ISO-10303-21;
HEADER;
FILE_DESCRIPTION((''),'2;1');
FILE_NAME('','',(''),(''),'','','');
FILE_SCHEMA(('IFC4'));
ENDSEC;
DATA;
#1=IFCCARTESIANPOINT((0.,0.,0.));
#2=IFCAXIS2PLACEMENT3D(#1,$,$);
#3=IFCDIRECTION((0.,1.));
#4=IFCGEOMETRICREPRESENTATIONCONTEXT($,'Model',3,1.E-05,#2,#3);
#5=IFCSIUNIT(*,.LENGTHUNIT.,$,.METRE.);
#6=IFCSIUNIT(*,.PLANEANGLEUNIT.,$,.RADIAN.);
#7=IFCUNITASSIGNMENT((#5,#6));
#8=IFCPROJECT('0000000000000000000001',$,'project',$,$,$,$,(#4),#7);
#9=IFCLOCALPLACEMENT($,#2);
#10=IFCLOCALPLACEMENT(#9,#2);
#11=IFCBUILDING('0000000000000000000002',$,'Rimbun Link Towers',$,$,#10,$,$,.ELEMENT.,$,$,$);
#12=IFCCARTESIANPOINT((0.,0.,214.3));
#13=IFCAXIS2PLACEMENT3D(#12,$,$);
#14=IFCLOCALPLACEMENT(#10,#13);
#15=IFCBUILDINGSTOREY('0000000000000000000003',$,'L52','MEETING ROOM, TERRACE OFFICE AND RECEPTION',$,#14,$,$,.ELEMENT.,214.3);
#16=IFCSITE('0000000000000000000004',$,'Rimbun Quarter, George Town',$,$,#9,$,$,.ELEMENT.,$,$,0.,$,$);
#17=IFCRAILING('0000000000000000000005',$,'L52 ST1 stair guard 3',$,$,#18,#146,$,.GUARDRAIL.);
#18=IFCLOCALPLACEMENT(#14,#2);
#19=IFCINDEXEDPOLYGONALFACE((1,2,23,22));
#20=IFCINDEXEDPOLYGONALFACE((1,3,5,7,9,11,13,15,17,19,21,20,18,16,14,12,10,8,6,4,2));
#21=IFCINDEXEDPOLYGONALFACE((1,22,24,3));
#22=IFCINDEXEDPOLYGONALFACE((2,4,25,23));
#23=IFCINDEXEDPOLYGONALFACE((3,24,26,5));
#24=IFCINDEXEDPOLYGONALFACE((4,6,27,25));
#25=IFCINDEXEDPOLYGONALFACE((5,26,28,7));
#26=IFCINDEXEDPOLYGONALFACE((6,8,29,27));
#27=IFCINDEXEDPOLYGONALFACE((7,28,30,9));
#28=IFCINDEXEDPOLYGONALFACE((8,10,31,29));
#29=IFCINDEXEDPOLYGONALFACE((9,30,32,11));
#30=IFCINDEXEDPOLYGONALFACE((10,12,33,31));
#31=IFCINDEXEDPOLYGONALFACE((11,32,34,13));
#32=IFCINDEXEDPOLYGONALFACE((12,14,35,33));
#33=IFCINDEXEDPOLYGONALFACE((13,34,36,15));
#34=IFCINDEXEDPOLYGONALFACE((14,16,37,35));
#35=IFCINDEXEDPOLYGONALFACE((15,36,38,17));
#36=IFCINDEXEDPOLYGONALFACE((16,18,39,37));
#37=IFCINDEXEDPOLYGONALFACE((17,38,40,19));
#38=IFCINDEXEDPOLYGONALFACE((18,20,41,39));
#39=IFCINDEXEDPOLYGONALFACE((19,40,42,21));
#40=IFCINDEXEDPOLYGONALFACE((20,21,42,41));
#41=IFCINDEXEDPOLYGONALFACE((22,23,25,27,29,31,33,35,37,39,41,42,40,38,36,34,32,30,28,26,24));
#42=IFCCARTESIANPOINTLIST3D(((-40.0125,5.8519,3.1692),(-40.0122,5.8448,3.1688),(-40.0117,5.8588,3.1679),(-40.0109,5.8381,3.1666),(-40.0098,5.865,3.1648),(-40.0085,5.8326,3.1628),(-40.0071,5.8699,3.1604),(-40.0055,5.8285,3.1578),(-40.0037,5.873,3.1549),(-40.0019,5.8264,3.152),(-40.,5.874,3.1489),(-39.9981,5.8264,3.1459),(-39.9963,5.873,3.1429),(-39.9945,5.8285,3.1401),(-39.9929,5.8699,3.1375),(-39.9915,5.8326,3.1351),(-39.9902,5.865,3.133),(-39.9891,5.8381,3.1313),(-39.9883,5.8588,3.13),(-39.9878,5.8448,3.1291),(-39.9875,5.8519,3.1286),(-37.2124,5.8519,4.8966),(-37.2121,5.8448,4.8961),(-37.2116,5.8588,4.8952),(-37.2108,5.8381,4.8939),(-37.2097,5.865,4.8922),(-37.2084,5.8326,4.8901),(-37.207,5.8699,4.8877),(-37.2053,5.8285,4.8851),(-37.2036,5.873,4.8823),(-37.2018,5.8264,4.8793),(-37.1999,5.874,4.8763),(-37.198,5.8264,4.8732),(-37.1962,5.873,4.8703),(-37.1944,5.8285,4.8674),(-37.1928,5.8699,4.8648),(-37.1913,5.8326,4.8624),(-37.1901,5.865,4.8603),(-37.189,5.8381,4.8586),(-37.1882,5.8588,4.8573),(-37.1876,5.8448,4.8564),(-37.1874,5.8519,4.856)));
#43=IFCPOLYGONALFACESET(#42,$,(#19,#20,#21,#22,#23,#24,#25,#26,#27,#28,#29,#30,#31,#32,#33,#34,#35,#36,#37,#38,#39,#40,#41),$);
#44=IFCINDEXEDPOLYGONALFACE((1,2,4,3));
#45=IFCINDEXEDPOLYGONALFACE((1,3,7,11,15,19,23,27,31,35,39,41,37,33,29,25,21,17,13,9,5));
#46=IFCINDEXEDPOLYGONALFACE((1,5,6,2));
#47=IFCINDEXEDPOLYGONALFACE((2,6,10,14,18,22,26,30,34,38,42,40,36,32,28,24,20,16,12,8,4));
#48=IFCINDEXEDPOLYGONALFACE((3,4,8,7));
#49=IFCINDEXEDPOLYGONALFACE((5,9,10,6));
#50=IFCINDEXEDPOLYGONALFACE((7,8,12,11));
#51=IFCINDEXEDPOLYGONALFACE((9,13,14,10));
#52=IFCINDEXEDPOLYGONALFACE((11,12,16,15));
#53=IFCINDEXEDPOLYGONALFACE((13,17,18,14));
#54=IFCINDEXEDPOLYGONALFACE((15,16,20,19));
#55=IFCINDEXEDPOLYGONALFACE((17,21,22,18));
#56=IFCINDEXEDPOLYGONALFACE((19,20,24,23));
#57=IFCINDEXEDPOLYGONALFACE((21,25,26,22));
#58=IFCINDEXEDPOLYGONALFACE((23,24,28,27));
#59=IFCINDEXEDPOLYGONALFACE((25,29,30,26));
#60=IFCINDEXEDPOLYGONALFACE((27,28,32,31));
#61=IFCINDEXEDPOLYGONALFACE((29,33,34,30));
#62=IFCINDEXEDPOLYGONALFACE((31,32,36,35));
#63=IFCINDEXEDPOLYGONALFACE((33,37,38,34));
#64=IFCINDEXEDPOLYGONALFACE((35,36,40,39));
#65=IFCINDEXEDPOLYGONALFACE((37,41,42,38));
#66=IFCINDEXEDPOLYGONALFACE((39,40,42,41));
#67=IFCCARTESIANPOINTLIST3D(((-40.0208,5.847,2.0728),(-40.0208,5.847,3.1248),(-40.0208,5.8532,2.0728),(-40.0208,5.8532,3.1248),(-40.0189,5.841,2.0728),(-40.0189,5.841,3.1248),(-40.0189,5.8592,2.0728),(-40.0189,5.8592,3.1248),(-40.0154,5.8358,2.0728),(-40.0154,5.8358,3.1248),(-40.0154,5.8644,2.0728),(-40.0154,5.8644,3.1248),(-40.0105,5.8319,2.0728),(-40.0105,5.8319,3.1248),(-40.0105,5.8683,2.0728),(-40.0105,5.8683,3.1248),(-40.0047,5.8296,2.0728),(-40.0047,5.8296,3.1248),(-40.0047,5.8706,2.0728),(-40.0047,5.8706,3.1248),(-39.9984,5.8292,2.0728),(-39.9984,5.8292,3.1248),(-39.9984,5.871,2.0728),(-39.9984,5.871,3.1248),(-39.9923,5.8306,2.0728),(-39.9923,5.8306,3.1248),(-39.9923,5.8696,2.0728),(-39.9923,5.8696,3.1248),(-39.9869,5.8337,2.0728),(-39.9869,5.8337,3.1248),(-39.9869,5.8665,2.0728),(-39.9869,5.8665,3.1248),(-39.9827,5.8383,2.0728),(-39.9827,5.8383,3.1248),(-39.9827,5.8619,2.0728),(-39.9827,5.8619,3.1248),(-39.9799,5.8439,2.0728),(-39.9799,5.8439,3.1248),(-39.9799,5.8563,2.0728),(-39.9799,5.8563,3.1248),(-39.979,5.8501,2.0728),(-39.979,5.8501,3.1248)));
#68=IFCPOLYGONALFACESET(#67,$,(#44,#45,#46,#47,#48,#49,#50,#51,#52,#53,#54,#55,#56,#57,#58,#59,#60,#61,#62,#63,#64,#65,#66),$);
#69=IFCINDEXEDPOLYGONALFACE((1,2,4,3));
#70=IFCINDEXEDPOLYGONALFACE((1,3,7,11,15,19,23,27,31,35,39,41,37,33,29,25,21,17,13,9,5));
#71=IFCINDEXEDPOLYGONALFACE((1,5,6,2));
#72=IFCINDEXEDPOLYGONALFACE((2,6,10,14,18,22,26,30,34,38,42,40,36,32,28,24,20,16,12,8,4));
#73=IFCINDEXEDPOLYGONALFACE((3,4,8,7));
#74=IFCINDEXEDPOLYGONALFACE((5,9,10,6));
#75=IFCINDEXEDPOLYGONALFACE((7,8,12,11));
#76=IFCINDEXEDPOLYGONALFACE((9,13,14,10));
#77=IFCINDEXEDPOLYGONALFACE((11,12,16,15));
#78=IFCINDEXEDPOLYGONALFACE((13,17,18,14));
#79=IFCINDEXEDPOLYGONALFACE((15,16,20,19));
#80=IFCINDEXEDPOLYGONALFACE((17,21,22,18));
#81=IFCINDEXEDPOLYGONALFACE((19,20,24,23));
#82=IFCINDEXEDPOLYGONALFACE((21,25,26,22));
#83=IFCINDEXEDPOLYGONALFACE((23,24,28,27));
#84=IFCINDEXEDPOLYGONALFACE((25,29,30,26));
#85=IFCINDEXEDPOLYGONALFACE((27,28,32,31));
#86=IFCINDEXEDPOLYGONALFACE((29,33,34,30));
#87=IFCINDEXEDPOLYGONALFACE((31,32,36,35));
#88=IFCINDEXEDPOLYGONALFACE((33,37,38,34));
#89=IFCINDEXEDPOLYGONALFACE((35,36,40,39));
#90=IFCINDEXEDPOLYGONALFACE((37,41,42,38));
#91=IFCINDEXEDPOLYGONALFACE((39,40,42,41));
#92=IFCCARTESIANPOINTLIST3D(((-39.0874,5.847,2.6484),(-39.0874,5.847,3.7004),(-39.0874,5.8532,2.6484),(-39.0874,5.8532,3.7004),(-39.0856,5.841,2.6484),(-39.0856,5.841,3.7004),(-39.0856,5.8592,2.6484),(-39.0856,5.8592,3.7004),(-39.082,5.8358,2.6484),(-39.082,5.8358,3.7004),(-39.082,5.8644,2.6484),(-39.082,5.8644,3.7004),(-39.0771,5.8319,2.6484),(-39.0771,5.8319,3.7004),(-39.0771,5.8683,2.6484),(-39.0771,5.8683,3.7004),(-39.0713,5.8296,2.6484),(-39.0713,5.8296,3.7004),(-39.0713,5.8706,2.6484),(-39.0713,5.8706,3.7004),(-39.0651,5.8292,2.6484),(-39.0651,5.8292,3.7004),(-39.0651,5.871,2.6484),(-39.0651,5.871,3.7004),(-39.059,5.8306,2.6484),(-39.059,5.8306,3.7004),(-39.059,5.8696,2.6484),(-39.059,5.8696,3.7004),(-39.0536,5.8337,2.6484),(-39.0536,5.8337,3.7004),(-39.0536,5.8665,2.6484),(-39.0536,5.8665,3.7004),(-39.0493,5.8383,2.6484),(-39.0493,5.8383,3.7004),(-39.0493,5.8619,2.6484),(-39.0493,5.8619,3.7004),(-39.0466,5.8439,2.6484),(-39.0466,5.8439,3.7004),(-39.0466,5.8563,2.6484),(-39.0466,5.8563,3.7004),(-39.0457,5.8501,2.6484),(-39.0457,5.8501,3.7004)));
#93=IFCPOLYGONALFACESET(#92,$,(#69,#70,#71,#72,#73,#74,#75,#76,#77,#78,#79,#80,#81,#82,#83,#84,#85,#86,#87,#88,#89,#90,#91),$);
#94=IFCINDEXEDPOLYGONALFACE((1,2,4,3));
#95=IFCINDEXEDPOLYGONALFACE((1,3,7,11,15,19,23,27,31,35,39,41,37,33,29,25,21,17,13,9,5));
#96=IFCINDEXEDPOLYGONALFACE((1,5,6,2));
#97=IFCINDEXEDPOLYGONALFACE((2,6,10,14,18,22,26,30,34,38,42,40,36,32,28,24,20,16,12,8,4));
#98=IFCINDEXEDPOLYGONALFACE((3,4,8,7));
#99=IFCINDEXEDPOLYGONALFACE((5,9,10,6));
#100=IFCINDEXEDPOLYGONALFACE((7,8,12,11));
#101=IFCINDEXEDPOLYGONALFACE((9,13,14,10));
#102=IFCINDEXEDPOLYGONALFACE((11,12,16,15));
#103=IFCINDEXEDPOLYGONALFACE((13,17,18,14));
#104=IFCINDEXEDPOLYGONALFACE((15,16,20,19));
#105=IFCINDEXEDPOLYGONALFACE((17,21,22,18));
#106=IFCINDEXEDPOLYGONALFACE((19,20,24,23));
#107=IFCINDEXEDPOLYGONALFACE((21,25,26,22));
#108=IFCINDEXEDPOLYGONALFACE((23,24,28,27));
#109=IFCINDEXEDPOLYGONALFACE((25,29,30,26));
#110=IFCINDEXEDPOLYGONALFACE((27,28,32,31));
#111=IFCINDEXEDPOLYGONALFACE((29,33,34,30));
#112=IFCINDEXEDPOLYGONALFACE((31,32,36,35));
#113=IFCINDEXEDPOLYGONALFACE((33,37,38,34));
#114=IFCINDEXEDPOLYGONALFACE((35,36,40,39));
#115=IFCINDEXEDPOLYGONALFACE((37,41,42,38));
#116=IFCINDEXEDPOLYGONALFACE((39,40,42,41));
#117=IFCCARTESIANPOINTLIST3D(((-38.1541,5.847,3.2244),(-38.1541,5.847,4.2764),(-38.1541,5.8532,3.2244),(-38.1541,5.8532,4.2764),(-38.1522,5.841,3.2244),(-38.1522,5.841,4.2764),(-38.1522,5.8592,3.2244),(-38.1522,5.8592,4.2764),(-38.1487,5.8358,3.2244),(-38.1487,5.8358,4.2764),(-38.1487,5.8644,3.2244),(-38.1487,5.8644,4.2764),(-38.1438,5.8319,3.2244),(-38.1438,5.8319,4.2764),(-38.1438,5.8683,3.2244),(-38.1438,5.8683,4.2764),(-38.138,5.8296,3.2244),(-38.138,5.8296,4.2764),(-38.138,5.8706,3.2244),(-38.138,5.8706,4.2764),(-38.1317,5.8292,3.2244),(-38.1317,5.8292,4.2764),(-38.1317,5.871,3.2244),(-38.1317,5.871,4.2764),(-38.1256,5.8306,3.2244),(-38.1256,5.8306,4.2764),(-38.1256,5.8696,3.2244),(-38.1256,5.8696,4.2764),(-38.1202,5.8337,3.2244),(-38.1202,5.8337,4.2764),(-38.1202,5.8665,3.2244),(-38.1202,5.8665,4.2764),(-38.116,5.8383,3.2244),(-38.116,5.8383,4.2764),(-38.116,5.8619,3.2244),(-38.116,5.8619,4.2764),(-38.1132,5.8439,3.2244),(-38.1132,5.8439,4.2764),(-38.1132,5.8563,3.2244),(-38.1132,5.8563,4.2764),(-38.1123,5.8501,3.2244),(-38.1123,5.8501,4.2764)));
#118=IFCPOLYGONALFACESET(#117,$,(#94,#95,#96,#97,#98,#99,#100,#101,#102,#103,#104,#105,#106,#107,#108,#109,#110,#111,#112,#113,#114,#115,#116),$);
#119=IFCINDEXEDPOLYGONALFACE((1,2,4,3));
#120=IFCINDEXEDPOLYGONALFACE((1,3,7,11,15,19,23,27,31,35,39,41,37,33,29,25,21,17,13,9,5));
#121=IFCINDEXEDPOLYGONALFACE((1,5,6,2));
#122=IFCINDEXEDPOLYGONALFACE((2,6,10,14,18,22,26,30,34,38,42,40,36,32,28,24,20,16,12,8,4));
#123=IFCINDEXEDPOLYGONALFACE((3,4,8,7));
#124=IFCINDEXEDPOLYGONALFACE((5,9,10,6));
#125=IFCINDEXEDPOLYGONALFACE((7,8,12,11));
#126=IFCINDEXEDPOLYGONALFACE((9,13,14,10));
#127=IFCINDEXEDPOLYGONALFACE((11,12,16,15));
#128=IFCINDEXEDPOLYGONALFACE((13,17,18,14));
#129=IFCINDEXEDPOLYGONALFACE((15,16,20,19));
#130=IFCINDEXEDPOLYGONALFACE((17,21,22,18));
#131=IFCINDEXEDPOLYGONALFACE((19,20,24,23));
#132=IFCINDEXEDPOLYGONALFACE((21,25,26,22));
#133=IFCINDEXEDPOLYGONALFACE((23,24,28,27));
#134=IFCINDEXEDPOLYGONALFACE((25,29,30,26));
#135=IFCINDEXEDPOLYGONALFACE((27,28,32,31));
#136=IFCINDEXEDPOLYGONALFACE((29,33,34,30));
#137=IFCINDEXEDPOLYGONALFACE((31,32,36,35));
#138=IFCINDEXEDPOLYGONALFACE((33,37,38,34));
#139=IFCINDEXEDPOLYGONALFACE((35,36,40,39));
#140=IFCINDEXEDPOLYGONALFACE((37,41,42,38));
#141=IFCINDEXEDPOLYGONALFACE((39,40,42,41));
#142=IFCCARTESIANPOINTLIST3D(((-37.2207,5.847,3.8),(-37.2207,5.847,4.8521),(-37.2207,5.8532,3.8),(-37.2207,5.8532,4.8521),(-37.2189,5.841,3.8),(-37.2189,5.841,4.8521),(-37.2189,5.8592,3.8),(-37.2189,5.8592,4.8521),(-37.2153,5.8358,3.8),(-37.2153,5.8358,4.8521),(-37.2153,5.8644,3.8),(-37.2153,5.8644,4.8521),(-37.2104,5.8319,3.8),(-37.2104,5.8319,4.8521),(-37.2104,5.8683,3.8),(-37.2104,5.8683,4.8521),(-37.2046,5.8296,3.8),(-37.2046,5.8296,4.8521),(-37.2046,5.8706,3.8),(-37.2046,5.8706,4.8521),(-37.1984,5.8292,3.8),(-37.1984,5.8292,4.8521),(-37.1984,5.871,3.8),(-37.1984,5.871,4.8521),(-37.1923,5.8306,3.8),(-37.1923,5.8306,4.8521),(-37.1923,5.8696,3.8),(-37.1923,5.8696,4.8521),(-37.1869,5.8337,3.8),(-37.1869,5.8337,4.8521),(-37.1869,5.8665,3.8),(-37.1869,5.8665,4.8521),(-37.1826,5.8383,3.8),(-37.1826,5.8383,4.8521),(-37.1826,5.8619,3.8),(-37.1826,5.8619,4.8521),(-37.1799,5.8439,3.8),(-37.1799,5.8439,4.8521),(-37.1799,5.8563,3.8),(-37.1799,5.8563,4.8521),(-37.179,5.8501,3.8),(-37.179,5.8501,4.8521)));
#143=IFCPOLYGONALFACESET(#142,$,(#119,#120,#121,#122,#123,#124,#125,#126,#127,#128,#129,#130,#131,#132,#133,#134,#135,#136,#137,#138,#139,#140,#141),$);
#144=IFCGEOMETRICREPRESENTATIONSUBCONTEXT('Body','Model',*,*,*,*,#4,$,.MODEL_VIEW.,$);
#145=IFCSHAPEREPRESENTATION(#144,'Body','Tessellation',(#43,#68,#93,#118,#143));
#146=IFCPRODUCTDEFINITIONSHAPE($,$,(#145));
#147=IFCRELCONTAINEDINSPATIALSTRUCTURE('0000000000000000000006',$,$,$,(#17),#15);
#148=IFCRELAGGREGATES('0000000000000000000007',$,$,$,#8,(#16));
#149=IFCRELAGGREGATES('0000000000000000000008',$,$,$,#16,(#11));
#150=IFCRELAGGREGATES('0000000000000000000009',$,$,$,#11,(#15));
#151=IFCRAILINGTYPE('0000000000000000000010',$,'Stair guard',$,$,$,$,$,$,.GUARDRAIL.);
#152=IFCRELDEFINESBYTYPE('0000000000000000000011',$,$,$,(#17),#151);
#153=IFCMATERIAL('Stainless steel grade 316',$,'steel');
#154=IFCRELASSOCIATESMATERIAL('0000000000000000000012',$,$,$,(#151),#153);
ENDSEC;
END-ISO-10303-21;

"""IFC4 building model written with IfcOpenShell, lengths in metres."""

from ifc_helpers import new_model, si_unit, direction, frame, origin, origin_2d, place, context, subcontext, project, spatial, circle, extrude, material, type_object, element, save


model = new_model("IFC4")

# Units and contexts
model_context = context("Model", 3, precision=1e-05, world=origin(), true_north=direction((0.0, 1.0)))
body_context = subcontext(model_context, "Body", "Model", "MODEL_VIEW")
ifc_project = project(units=[si_unit("LENGTHUNIT", "METRE"), si_unit("PLANEANGLEUNIT", "RADIAN")], contexts=[model_context])

# Site, building, storey
site_placement = place(None, origin())
site = spatial("IfcSite", under=ifc_project, at=site_placement, Name="Rimbun Quarter, George Town", CompositionType="ELEMENT", RefElevation=0.0)
building_placement = place(site_placement, origin())
building = spatial("IfcBuilding", under=site, at=building_placement, Name="Rimbun Link Towers", CompositionType="ELEMENT")
storey_placement = place(building_placement, frame((0.0, 0.0, 214.3)))
storey = spatial("IfcBuildingStorey", under=building, at=storey_placement, Name="L52", Description="MEETING ROOM, TERRACE OFFICE AND RECEPTION", CompositionType="ELEMENT", Elevation=214.3)

# Railing
ifc_material_1 = material(Name="Stainless steel grade 316", Category="steel")
railing_type_1 = type_object("IfcRailingType", Name="Stair guard", PredefinedType="GUARDRAIL", material=ifc_material_1)
railing_1_placement = place(storey_placement, frame((-40.0, 5.8501, 2.0728)))
element("IfcRailing", 1, at=railing_1_placement, inside=storey, type_object=railing_type_1, Name="L52 ST1 stair guard 3", PredefinedType="GUARDRAIL", context=body_context, shape_type="SweptSolid", body=[
    extrude(circle(Radius=0.0239, at=origin_2d()), frame((0.0, 0.0, 1.0762), z_axis=(0.85109, 0.0, 0.52502), x_axis=(0.0, 1.0, 0.0)), (0.0, 0.0, 1.0), 3.29),
    extrude(circle(Radius=0.021, at=origin_2d()), origin(), (0.0, 0.0, 1.0), 1.052),
    extrude(circle(Radius=0.021, at=origin_2d()), frame((0.9333, 0.0, 0.5757)), (0.0, 0.0, 1.0), 1.052),
    extrude(circle(Radius=0.021, at=origin_2d()), frame((1.8667, 0.0, 1.1516)), (0.0, 0.0, 1.0), 1.052),
    extrude(circle(Radius=0.021, at=origin_2d()), frame((2.8, 0.0, 1.7273)), (0.0, 0.0, 1.0), 1.052),
])

save(model, "model.ifc")
